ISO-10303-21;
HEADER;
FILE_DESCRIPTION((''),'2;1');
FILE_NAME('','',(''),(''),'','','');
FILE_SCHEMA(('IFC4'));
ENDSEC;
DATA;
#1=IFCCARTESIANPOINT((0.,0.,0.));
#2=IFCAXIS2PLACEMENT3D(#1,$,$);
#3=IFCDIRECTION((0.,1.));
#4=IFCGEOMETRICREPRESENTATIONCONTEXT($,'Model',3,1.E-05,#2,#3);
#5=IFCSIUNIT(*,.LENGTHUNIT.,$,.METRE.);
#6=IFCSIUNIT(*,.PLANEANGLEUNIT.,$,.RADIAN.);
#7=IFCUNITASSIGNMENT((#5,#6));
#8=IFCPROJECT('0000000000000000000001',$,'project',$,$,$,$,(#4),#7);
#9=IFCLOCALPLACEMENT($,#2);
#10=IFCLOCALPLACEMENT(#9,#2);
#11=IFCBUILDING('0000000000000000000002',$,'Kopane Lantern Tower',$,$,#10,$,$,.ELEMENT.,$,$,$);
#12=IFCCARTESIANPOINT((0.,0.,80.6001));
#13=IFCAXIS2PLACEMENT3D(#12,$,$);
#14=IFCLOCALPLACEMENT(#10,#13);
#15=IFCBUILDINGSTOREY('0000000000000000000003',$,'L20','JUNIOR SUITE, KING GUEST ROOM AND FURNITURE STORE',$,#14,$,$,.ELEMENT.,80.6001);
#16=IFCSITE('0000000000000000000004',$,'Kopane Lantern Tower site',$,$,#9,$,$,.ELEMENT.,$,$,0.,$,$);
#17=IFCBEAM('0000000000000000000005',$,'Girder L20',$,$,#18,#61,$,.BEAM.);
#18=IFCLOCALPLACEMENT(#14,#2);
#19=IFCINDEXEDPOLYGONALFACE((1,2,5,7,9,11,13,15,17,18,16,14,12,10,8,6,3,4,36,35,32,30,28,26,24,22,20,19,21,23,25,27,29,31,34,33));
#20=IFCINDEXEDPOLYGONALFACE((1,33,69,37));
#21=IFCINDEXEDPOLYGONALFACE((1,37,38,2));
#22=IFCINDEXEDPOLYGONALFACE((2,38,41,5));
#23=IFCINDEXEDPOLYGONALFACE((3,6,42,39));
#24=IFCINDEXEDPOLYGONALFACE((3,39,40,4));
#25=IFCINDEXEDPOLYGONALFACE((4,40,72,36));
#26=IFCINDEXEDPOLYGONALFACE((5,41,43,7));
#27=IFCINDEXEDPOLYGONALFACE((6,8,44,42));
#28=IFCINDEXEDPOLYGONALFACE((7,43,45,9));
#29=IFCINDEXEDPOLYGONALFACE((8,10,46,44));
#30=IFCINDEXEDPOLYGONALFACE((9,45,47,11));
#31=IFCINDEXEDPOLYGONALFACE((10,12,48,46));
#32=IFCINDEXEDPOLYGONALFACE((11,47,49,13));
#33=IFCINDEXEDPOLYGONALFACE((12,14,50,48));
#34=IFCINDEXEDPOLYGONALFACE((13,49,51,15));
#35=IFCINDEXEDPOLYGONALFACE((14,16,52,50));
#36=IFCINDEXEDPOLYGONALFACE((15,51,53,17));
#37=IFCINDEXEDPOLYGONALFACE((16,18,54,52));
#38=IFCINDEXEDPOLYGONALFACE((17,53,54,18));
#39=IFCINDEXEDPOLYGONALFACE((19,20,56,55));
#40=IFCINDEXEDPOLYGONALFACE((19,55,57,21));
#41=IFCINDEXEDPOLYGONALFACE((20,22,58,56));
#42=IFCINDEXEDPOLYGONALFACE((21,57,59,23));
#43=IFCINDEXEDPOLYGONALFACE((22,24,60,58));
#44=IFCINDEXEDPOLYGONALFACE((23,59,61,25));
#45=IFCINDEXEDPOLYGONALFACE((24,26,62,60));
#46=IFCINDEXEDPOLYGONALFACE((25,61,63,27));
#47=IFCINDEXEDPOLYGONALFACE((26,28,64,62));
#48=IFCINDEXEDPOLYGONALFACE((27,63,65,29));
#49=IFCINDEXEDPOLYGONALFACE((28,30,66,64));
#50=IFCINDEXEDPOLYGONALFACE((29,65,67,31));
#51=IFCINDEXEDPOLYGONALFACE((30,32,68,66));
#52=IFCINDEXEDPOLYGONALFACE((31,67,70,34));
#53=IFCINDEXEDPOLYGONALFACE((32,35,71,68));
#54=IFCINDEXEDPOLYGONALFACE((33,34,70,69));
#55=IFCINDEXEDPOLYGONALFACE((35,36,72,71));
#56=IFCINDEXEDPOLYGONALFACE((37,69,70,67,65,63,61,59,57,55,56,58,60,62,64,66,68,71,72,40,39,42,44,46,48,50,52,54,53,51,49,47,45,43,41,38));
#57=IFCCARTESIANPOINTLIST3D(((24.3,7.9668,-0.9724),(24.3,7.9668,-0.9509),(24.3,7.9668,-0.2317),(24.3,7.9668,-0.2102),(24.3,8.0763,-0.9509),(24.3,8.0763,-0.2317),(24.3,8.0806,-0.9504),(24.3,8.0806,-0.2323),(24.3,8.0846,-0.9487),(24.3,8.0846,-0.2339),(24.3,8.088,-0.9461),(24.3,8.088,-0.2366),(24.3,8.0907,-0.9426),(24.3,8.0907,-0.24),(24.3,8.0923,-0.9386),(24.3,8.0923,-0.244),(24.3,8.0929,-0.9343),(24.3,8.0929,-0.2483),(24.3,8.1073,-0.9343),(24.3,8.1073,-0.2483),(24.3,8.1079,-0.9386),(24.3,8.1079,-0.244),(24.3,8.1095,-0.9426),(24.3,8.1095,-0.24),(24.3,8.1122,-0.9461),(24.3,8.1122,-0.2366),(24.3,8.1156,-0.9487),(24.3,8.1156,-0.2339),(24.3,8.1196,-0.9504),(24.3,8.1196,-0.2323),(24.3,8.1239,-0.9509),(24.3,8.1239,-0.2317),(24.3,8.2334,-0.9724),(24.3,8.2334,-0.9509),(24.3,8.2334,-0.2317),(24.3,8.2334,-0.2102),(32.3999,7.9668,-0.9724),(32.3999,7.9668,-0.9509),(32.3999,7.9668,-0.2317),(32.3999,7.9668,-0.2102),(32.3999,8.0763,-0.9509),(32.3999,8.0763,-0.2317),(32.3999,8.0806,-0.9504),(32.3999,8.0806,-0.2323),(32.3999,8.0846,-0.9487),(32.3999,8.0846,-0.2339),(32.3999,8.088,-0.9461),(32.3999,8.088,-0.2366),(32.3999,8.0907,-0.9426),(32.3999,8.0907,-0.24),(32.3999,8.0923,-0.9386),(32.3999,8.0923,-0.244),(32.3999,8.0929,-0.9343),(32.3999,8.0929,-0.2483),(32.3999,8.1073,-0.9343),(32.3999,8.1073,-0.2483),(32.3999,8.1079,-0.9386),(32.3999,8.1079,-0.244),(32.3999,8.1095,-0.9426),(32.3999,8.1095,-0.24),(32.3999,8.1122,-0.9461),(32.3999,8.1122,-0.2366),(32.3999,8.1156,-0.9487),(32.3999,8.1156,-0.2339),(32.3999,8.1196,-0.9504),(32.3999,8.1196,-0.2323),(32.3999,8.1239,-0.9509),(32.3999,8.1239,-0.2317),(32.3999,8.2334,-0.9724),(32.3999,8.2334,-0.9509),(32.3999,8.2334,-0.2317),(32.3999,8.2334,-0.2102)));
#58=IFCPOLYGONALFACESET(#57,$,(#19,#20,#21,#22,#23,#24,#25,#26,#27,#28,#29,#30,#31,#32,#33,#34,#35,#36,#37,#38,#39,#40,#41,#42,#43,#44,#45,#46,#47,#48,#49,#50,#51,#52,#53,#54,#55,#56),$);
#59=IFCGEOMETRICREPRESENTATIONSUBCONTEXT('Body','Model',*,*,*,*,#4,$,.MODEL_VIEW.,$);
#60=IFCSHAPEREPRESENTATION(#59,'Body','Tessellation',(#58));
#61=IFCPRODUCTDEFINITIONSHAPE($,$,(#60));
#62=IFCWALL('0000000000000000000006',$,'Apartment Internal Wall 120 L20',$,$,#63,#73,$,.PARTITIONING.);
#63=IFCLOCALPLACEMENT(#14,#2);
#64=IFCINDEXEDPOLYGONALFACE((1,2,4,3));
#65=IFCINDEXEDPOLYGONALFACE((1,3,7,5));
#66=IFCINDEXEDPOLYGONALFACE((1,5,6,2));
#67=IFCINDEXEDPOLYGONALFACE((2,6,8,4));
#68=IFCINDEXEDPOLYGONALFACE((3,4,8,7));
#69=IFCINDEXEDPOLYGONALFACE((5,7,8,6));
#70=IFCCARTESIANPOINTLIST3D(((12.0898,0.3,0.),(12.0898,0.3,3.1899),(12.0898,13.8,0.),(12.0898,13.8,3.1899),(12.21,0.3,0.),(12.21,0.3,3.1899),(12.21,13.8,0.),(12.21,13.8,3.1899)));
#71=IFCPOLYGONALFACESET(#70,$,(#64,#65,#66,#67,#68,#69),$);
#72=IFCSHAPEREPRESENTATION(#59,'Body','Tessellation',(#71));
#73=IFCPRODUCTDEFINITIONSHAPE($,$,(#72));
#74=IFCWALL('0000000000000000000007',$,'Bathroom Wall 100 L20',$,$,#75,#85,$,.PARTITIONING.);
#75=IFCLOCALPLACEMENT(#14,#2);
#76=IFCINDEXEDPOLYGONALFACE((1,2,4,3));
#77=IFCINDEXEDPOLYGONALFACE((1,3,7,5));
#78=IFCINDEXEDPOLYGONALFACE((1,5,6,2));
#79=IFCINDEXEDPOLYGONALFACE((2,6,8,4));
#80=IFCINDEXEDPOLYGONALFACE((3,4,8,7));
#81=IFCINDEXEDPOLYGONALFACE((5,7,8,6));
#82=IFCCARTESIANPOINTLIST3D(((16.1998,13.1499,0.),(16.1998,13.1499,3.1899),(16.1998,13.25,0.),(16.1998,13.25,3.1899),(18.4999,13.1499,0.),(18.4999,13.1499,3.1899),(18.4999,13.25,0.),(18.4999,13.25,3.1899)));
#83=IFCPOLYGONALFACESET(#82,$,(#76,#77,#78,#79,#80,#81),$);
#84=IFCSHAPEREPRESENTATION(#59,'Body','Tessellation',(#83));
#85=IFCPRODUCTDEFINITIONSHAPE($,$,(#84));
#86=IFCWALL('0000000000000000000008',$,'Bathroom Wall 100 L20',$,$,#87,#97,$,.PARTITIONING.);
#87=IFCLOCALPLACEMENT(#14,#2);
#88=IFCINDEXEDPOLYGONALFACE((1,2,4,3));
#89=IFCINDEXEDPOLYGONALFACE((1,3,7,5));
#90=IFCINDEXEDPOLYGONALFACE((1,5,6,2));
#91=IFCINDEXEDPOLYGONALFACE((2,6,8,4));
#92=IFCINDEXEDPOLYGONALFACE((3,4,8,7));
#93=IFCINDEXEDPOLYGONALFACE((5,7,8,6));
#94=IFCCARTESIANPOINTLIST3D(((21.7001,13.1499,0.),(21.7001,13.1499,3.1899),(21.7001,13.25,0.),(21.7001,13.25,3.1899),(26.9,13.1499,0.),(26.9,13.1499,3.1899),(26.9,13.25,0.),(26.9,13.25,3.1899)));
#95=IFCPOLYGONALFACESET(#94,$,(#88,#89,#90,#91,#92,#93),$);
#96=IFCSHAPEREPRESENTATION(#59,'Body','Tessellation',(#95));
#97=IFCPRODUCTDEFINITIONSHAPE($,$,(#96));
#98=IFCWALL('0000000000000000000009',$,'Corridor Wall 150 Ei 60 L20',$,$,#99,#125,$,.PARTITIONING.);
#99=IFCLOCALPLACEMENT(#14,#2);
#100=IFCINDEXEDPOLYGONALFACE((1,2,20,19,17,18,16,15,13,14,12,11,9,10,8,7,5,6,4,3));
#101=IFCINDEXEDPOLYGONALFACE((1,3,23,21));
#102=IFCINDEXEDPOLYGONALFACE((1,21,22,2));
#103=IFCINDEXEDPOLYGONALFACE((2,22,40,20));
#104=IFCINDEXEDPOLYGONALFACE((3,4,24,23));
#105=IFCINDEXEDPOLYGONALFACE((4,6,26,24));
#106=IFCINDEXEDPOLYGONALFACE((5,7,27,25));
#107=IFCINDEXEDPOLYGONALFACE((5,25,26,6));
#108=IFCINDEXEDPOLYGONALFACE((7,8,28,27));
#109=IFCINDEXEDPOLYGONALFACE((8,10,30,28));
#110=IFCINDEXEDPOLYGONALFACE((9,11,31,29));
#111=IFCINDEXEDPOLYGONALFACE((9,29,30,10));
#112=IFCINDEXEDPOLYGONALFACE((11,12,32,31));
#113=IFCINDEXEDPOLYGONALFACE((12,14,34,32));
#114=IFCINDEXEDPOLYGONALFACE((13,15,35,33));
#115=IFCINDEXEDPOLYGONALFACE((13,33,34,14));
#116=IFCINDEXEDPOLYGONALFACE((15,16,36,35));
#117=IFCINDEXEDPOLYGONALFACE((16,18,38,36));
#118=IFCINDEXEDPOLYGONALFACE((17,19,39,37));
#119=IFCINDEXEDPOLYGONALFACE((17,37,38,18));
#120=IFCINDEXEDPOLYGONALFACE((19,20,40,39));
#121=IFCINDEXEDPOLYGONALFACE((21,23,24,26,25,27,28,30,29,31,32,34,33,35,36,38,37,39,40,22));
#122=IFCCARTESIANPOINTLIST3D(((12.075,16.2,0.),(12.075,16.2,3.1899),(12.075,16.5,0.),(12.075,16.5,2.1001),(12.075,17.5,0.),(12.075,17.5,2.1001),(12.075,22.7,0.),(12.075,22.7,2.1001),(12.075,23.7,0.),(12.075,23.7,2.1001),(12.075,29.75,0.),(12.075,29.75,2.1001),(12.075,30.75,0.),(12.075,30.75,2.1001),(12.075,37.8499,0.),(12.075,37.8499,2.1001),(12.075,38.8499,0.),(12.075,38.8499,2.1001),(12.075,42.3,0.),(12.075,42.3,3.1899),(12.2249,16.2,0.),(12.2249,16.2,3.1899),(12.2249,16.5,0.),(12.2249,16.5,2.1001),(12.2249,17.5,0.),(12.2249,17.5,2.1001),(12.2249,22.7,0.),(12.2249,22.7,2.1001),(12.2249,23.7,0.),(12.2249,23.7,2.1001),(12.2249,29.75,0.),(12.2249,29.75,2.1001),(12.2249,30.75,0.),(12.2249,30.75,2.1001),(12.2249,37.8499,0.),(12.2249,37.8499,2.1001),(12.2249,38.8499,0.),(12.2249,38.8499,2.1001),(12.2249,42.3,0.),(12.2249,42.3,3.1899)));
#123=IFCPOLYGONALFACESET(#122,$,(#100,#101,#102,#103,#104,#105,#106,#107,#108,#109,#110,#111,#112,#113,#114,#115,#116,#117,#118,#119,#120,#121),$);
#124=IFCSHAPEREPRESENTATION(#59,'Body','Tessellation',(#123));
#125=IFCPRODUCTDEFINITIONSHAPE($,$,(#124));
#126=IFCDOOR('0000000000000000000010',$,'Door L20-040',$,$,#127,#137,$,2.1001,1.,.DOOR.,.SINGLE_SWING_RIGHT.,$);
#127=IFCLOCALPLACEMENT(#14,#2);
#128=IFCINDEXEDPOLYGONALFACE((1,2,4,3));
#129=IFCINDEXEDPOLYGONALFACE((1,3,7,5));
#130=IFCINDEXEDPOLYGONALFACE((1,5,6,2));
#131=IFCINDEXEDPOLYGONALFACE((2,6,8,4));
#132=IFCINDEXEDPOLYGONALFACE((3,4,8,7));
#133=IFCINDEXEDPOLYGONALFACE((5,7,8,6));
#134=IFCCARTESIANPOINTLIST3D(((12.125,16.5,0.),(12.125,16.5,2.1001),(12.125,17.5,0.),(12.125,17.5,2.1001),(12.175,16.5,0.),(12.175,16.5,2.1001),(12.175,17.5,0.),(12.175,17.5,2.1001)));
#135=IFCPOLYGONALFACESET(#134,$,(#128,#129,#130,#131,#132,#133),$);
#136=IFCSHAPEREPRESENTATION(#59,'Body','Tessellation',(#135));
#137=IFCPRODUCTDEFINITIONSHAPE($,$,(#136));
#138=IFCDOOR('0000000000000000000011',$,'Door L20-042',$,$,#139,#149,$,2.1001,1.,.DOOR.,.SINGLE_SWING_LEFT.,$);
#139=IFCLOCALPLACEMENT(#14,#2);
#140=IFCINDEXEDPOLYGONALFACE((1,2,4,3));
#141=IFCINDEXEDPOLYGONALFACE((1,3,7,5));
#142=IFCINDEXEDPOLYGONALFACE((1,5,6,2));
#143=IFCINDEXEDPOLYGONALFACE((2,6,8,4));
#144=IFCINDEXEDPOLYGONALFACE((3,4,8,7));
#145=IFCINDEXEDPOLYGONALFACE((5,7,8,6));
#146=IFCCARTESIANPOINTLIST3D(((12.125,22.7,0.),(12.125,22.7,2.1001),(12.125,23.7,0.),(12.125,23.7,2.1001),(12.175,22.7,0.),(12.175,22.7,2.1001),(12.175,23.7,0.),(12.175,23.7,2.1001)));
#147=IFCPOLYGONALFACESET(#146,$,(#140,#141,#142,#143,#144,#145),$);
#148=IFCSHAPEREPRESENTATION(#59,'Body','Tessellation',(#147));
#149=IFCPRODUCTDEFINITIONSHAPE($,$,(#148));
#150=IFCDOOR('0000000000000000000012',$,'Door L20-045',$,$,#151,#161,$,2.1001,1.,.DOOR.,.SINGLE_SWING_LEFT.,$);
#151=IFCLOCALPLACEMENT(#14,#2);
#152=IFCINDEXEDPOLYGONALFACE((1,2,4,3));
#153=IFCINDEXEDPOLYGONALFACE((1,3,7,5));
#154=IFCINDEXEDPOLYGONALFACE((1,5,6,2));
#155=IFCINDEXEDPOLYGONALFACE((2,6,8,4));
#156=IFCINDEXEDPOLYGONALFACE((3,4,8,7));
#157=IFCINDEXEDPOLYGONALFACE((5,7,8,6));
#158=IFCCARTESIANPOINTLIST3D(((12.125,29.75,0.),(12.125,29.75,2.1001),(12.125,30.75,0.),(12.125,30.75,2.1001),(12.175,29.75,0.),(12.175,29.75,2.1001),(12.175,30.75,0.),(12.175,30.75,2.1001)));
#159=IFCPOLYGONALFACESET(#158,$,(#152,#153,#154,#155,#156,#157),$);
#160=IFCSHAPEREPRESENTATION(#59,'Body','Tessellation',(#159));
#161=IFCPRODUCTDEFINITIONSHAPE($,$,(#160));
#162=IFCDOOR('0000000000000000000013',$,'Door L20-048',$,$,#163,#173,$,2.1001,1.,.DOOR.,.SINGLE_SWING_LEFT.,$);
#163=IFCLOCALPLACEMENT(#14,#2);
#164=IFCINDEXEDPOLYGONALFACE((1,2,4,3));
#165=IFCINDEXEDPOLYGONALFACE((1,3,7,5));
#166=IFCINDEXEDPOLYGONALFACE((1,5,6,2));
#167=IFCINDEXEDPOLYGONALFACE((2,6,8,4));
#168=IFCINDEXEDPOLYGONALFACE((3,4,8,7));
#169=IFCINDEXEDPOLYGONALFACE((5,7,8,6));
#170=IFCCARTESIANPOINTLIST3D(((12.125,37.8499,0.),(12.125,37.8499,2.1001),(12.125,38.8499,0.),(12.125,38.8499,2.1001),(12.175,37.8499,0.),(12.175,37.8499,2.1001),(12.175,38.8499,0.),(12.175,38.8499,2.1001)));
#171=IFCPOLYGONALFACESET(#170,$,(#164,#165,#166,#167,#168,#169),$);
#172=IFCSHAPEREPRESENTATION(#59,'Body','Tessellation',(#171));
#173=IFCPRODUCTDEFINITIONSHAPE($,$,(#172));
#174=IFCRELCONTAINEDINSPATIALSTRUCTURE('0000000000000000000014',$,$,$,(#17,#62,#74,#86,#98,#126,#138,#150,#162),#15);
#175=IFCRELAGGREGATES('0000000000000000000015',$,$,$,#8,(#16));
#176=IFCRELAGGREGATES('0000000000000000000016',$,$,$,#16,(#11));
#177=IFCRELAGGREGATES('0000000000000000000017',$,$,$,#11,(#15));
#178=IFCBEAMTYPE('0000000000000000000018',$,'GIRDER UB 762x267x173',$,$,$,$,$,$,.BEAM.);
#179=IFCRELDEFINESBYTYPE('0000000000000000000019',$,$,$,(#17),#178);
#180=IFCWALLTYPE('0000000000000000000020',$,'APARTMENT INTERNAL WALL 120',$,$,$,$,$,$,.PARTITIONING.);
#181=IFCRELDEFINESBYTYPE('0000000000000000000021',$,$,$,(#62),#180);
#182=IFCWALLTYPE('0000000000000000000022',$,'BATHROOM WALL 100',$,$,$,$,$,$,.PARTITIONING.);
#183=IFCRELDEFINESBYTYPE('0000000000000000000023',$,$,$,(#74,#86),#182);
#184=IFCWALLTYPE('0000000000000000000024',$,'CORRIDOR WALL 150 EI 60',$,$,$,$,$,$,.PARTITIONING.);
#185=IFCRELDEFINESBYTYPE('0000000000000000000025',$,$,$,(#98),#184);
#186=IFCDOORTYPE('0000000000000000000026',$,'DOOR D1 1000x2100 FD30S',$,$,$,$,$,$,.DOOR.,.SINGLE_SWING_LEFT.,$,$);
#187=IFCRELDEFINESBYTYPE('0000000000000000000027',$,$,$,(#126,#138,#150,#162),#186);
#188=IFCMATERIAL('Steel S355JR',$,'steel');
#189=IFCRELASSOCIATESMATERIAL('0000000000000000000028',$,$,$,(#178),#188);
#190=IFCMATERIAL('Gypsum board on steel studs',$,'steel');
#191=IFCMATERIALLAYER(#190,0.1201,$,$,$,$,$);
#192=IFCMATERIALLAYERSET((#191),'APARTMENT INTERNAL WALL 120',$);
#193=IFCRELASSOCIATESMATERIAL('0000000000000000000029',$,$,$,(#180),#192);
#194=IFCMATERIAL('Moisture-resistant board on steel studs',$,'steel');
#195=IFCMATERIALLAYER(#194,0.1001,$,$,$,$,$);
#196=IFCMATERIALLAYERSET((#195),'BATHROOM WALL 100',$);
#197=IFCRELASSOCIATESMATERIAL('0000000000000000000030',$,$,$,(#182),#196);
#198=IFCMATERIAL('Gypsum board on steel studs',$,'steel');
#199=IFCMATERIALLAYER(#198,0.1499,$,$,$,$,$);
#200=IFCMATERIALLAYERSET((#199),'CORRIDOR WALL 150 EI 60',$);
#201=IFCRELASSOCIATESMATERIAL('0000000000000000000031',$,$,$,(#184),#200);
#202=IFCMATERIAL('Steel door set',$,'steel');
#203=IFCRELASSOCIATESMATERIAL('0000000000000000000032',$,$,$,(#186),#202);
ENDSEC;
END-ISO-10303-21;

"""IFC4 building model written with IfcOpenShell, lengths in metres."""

from ifc_helpers import new_model, si_unit, direction, frame, frame_2d, origin, origin_2d, place, context, subcontext, project, spatial, rectangle, i_section, extrude, material, layer, layer_set, material_profile, profile_set, type_object, element, fill, save


model = new_model("IFC4")

# Units and contexts
model_context = context("Model", 3, precision=1e-05, world=origin(), true_north=direction((0.0, 1.0)))
body_context = subcontext(model_context, "Body", "Model", "MODEL_VIEW")
ifc_project = project(units=[si_unit("LENGTHUNIT", "METRE"), si_unit("PLANEANGLEUNIT", "RADIAN")], contexts=[model_context])

# Site, building, storey
site_placement = place(None, origin())
site = spatial("IfcSite", under=ifc_project, at=site_placement, Name="Kopane Lantern Tower site", CompositionType="ELEMENT", RefElevation=0.0)
building_placement = place(site_placement, origin())
building = spatial("IfcBuilding", under=site, at=building_placement, Name="Kopane Lantern Tower", CompositionType="ELEMENT")
storey_placement = place(building_placement, frame((0.0, 0.0, 80.6001)))
storey = spatial("IfcBuildingStorey", under=building, at=storey_placement, Name="L20", Description="JUNIOR SUITE, KING GUEST ROOM AND FURNITURE STORE", CompositionType="ELEMENT", Elevation=80.6001)

# Beam
ifc_material_1 = material(Name="Steel S355JR", Category="steel")
ifc_material_profile_1 = material_profile(ifc_material_1, i_section(OverallWidth=0.2666, OverallDepth=0.7622, WebThickness=0.0144, FlangeThickness=0.0215, FilletRadius=0.0166, at=origin_2d()), Name="UB 762x267x173")
ifc_profile_set_1 = profile_set([ifc_material_profile_1], Name="Steel S355JR")
beam_type = type_object("IfcBeamType", Name="GIRDER UB 762x267x173", PredefinedType="BEAM", material=ifc_profile_set_1)
for number, where, z_axis, x_axis, name in (
    (1, (24.3, 8.1001, -0.5913), (1.0, 0.0, 0.0), (0.0, 1.0, 0.0), "Girder L20"),
):
    element("IfcBeam", number, at=place(storey_placement, frame(where, z_axis=z_axis, x_axis=x_axis)), inside=storey, type_object=beam_type, Name=name, PredefinedType="BEAM", context=body_context, shape_type="SweptSolid", body=[
        extrude(i_section(OverallWidth=0.2666, OverallDepth=0.7622, WebThickness=0.0144, FlangeThickness=0.0215, FilletRadius=0.0166, at=origin_2d()), origin(), (0.0, 0.0, 1.0), 8.0999),
    ])

# Walls
ifc_material_2 = material(Name="Gypsum board on steel studs", Category="steel")
ifc_layer_1 = layer(ifc_material_2, 0.1201)
ifc_layer_set_1 = layer_set([ifc_layer_1], Name="APARTMENT INTERNAL WALL 120")
wall_type_1 = type_object("IfcWallType", Name="APARTMENT INTERNAL WALL 120", PredefinedType="PARTITIONING", material=ifc_layer_set_1)
wall_1_placement = place(storey_placement, frame((12.1499, 13.8, 0.0), z_axis=(0.0, 0.0, 1.0), x_axis=(0.0, -1.0, 0.0)))
element("IfcWall", 2, at=wall_1_placement, inside=storey, type_object=wall_type_1, Name="Apartment Internal Wall 120 L20", PredefinedType="PARTITIONING", context=body_context, shape_type="SweptSolid", body=[
    extrude(rectangle(XDim=13.5, YDim=0.1201, at=frame_2d((6.75, 0.0))), origin(), (0.0, 0.0, 1.0), 3.1899),
])
ifc_material_3 = material(Name="Moisture-resistant board on steel studs", Category="steel")
ifc_layer_2 = layer(ifc_material_3, 0.1001)
ifc_layer_set_2 = layer_set([ifc_layer_2], Name="BATHROOM WALL 100")
wall_type_2 = type_object("IfcWallType", Name="BATHROOM WALL 100", PredefinedType="PARTITIONING", material=ifc_layer_set_2)
wall_2_placement = place(storey_placement, frame((16.2, 13.2, 0.0), z_axis=(0.0, 0.0, 1.0), x_axis=(1.0, 0.0, 0.0)))
element("IfcWall", 3, at=wall_2_placement, inside=storey, type_object=wall_type_2, Name="Bathroom Wall 100 L20", PredefinedType="PARTITIONING", context=body_context, shape_type="SweptSolid", body=[
    extrude(rectangle(XDim=2.3, YDim=0.1001, at=frame_2d((1.1499, 0.0))), origin(), (0.0, 0.0, 1.0), 3.1899),
])
wall_3_placement = place(storey_placement, frame((21.7, 13.2, 0.0), z_axis=(0.0, 0.0, 1.0), x_axis=(1.0, 0.0, 0.0)))
element("IfcWall", 4, at=wall_3_placement, inside=storey, type_object=wall_type_2, Name="Bathroom Wall 100 L20", PredefinedType="PARTITIONING", context=body_context, shape_type="SweptSolid", body=[
    extrude(rectangle(XDim=5.2, YDim=0.1001, at=frame_2d((2.6001, 0.0))), origin(), (0.0, 0.0, 1.0), 3.1899),
])

# Wall, openings, doors
ifc_material_4 = material(Name="Gypsum board on steel studs", Category="steel")
ifc_layer_3 = layer(ifc_material_4, 0.1499)
ifc_layer_set_3 = layer_set([ifc_layer_3], Name="CORRIDOR WALL 150 EI 60")
wall_type_3 = type_object("IfcWallType", Name="CORRIDOR WALL 150 EI 60", PredefinedType="PARTITIONING", material=ifc_layer_set_3)
ifc_material_5 = material(Name="Steel door set", Category="steel")
door_type = type_object("IfcDoorType", Name="DOOR D1 1000x2100 FD30S", OperationType="SINGLE_SWING_LEFT", PredefinedType="DOOR", material=ifc_material_5)
wall_4_placement = place(storey_placement, frame((12.1499, 16.2, 0.0), z_axis=(0.0, 0.0, 1.0), x_axis=(0.0, 1.0, 0.0)))
wall_4 = element("IfcWall", 5, at=wall_4_placement, inside=storey, type_object=wall_type_3, Name="Corridor Wall 150 Ei 60 L20", PredefinedType="PARTITIONING", context=body_context, shape_type="SweptSolid", body=[
    extrude(rectangle(XDim=26.1001, YDim=0.1499, at=frame_2d((13.05, 0.0))), origin(), (0.0, 0.0, 1.0), 3.1899),
])
opening_1_placement = place(wall_4_placement, frame((0.3, 0.0, 0.0)))
opening_1 = element("IfcOpeningElement", 6, at=opening_1_placement, cuts=wall_4, PredefinedType="OPENING", context=body_context, shape_type="SweptSolid", body=[
    extrude(rectangle(XDim=1.0, YDim=2.1001, at=frame_2d((0.5, 1.05))), frame((0.0, 0.085, 0.0), z_axis=(0.0, -1.0, 0.0), x_axis=(1.0, 0.0, 0.0)), (0.0, 0.0, 1.0), 0.1699),
])
opening_2_placement = place(wall_4_placement, frame((6.5, 0.0, 0.0)))
opening_2 = element("IfcOpeningElement", 7, at=opening_2_placement, cuts=wall_4, PredefinedType="OPENING", context=body_context, shape_type="SweptSolid", body=[
    extrude(rectangle(XDim=1.0, YDim=2.1001, at=frame_2d((0.5, 1.05))), frame((0.0, 0.085, 0.0), z_axis=(0.0, -1.0, 0.0), x_axis=(1.0, 0.0, 0.0)), (0.0, 0.0, 1.0), 0.1699),
])
opening_3_placement = place(wall_4_placement, frame((13.55, 0.0, 0.0)))
opening_3 = element("IfcOpeningElement", 8, at=opening_3_placement, cuts=wall_4, PredefinedType="OPENING", context=body_context, shape_type="SweptSolid", body=[
    extrude(rectangle(XDim=1.0, YDim=2.1001, at=frame_2d((0.5, 1.05))), frame((0.0, 0.085, 0.0), z_axis=(0.0, -1.0, 0.0), x_axis=(1.0, 0.0, 0.0)), (0.0, 0.0, 1.0), 0.1699),
])
opening_4_placement = place(wall_4_placement, frame((21.6499, 0.0, 0.0)))
opening_4 = element("IfcOpeningElement", 9, at=opening_4_placement, cuts=wall_4, PredefinedType="OPENING", context=body_context, shape_type="SweptSolid", body=[
    extrude(rectangle(XDim=1.0, YDim=2.1001, at=frame_2d((0.5, 1.05))), frame((0.0, 0.085, 0.0), z_axis=(0.0, -1.0, 0.0), x_axis=(1.0, 0.0, 0.0)), (0.0, 0.0, 1.0), 0.1699),
])
door_1_placement = place(opening_1_placement, origin())
door_1 = element("IfcDoor", 10, at=door_1_placement, inside=storey, type_object=door_type, Name="Door L20-040", OperationType="SINGLE_SWING_RIGHT", OverallHeight=2.1001, OverallWidth=1.0, PredefinedType="DOOR", context=body_context, shape_type="SweptSolid", body=[
    extrude(rectangle(XDim=1.0, YDim=2.1001, at=frame_2d((0.5, 1.05))), frame((0.0, 0.0249, 0.0), z_axis=(0.0, -1.0, 0.0), x_axis=(1.0, 0.0, 0.0)), (0.0, 0.0, 1.0), 0.05),
])
fill(opening_1, door_1)
door_2_placement = place(opening_2_placement, origin())
door_2 = element("IfcDoor", 11, at=door_2_placement, inside=storey, type_object=door_type, Name="Door L20-042", OperationType="SINGLE_SWING_LEFT", OverallHeight=2.1001, OverallWidth=1.0, PredefinedType="DOOR", context=body_context, shape_type="SweptSolid", body=[
    extrude(rectangle(XDim=1.0, YDim=2.1001, at=frame_2d((0.5, 1.05))), frame((0.0, 0.0249, 0.0), z_axis=(0.0, -1.0, 0.0), x_axis=(1.0, 0.0, 0.0)), (0.0, 0.0, 1.0), 0.05),
])
fill(opening_2, door_2)
door_3_placement = place(opening_3_placement, origin())
door_3 = element("IfcDoor", 12, at=door_3_placement, inside=storey, type_object=door_type, Name="Door L20-045", OperationType="SINGLE_SWING_LEFT", OverallHeight=2.1001, OverallWidth=1.0, PredefinedType="DOOR", context=body_context, shape_type="SweptSolid", body=[
    extrude(rectangle(XDim=1.0, YDim=2.1001, at=frame_2d((0.5, 1.05))), frame((0.0, 0.0249, 0.0), z_axis=(0.0, -1.0, 0.0), x_axis=(1.0, 0.0, 0.0)), (0.0, 0.0, 1.0), 0.05),
])
fill(opening_3, door_3)
door_4_placement = place(opening_4_placement, origin())
door_4 = element("IfcDoor", 13, at=door_4_placement, inside=storey, type_object=door_type, Name="Door L20-048", OperationType="SINGLE_SWING_LEFT", OverallHeight=2.1001, OverallWidth=1.0, PredefinedType="DOOR", context=body_context, shape_type="SweptSolid", body=[
    extrude(rectangle(XDim=1.0, YDim=2.1001, at=frame_2d((0.5, 1.05))), frame((0.0, 0.0249, 0.0), z_axis=(0.0, -1.0, 0.0), x_axis=(1.0, 0.0, 0.0)), (0.0, 0.0, 1.0), 0.05),
])
fill(opening_4, door_4)

save(model, "model.ifc")
